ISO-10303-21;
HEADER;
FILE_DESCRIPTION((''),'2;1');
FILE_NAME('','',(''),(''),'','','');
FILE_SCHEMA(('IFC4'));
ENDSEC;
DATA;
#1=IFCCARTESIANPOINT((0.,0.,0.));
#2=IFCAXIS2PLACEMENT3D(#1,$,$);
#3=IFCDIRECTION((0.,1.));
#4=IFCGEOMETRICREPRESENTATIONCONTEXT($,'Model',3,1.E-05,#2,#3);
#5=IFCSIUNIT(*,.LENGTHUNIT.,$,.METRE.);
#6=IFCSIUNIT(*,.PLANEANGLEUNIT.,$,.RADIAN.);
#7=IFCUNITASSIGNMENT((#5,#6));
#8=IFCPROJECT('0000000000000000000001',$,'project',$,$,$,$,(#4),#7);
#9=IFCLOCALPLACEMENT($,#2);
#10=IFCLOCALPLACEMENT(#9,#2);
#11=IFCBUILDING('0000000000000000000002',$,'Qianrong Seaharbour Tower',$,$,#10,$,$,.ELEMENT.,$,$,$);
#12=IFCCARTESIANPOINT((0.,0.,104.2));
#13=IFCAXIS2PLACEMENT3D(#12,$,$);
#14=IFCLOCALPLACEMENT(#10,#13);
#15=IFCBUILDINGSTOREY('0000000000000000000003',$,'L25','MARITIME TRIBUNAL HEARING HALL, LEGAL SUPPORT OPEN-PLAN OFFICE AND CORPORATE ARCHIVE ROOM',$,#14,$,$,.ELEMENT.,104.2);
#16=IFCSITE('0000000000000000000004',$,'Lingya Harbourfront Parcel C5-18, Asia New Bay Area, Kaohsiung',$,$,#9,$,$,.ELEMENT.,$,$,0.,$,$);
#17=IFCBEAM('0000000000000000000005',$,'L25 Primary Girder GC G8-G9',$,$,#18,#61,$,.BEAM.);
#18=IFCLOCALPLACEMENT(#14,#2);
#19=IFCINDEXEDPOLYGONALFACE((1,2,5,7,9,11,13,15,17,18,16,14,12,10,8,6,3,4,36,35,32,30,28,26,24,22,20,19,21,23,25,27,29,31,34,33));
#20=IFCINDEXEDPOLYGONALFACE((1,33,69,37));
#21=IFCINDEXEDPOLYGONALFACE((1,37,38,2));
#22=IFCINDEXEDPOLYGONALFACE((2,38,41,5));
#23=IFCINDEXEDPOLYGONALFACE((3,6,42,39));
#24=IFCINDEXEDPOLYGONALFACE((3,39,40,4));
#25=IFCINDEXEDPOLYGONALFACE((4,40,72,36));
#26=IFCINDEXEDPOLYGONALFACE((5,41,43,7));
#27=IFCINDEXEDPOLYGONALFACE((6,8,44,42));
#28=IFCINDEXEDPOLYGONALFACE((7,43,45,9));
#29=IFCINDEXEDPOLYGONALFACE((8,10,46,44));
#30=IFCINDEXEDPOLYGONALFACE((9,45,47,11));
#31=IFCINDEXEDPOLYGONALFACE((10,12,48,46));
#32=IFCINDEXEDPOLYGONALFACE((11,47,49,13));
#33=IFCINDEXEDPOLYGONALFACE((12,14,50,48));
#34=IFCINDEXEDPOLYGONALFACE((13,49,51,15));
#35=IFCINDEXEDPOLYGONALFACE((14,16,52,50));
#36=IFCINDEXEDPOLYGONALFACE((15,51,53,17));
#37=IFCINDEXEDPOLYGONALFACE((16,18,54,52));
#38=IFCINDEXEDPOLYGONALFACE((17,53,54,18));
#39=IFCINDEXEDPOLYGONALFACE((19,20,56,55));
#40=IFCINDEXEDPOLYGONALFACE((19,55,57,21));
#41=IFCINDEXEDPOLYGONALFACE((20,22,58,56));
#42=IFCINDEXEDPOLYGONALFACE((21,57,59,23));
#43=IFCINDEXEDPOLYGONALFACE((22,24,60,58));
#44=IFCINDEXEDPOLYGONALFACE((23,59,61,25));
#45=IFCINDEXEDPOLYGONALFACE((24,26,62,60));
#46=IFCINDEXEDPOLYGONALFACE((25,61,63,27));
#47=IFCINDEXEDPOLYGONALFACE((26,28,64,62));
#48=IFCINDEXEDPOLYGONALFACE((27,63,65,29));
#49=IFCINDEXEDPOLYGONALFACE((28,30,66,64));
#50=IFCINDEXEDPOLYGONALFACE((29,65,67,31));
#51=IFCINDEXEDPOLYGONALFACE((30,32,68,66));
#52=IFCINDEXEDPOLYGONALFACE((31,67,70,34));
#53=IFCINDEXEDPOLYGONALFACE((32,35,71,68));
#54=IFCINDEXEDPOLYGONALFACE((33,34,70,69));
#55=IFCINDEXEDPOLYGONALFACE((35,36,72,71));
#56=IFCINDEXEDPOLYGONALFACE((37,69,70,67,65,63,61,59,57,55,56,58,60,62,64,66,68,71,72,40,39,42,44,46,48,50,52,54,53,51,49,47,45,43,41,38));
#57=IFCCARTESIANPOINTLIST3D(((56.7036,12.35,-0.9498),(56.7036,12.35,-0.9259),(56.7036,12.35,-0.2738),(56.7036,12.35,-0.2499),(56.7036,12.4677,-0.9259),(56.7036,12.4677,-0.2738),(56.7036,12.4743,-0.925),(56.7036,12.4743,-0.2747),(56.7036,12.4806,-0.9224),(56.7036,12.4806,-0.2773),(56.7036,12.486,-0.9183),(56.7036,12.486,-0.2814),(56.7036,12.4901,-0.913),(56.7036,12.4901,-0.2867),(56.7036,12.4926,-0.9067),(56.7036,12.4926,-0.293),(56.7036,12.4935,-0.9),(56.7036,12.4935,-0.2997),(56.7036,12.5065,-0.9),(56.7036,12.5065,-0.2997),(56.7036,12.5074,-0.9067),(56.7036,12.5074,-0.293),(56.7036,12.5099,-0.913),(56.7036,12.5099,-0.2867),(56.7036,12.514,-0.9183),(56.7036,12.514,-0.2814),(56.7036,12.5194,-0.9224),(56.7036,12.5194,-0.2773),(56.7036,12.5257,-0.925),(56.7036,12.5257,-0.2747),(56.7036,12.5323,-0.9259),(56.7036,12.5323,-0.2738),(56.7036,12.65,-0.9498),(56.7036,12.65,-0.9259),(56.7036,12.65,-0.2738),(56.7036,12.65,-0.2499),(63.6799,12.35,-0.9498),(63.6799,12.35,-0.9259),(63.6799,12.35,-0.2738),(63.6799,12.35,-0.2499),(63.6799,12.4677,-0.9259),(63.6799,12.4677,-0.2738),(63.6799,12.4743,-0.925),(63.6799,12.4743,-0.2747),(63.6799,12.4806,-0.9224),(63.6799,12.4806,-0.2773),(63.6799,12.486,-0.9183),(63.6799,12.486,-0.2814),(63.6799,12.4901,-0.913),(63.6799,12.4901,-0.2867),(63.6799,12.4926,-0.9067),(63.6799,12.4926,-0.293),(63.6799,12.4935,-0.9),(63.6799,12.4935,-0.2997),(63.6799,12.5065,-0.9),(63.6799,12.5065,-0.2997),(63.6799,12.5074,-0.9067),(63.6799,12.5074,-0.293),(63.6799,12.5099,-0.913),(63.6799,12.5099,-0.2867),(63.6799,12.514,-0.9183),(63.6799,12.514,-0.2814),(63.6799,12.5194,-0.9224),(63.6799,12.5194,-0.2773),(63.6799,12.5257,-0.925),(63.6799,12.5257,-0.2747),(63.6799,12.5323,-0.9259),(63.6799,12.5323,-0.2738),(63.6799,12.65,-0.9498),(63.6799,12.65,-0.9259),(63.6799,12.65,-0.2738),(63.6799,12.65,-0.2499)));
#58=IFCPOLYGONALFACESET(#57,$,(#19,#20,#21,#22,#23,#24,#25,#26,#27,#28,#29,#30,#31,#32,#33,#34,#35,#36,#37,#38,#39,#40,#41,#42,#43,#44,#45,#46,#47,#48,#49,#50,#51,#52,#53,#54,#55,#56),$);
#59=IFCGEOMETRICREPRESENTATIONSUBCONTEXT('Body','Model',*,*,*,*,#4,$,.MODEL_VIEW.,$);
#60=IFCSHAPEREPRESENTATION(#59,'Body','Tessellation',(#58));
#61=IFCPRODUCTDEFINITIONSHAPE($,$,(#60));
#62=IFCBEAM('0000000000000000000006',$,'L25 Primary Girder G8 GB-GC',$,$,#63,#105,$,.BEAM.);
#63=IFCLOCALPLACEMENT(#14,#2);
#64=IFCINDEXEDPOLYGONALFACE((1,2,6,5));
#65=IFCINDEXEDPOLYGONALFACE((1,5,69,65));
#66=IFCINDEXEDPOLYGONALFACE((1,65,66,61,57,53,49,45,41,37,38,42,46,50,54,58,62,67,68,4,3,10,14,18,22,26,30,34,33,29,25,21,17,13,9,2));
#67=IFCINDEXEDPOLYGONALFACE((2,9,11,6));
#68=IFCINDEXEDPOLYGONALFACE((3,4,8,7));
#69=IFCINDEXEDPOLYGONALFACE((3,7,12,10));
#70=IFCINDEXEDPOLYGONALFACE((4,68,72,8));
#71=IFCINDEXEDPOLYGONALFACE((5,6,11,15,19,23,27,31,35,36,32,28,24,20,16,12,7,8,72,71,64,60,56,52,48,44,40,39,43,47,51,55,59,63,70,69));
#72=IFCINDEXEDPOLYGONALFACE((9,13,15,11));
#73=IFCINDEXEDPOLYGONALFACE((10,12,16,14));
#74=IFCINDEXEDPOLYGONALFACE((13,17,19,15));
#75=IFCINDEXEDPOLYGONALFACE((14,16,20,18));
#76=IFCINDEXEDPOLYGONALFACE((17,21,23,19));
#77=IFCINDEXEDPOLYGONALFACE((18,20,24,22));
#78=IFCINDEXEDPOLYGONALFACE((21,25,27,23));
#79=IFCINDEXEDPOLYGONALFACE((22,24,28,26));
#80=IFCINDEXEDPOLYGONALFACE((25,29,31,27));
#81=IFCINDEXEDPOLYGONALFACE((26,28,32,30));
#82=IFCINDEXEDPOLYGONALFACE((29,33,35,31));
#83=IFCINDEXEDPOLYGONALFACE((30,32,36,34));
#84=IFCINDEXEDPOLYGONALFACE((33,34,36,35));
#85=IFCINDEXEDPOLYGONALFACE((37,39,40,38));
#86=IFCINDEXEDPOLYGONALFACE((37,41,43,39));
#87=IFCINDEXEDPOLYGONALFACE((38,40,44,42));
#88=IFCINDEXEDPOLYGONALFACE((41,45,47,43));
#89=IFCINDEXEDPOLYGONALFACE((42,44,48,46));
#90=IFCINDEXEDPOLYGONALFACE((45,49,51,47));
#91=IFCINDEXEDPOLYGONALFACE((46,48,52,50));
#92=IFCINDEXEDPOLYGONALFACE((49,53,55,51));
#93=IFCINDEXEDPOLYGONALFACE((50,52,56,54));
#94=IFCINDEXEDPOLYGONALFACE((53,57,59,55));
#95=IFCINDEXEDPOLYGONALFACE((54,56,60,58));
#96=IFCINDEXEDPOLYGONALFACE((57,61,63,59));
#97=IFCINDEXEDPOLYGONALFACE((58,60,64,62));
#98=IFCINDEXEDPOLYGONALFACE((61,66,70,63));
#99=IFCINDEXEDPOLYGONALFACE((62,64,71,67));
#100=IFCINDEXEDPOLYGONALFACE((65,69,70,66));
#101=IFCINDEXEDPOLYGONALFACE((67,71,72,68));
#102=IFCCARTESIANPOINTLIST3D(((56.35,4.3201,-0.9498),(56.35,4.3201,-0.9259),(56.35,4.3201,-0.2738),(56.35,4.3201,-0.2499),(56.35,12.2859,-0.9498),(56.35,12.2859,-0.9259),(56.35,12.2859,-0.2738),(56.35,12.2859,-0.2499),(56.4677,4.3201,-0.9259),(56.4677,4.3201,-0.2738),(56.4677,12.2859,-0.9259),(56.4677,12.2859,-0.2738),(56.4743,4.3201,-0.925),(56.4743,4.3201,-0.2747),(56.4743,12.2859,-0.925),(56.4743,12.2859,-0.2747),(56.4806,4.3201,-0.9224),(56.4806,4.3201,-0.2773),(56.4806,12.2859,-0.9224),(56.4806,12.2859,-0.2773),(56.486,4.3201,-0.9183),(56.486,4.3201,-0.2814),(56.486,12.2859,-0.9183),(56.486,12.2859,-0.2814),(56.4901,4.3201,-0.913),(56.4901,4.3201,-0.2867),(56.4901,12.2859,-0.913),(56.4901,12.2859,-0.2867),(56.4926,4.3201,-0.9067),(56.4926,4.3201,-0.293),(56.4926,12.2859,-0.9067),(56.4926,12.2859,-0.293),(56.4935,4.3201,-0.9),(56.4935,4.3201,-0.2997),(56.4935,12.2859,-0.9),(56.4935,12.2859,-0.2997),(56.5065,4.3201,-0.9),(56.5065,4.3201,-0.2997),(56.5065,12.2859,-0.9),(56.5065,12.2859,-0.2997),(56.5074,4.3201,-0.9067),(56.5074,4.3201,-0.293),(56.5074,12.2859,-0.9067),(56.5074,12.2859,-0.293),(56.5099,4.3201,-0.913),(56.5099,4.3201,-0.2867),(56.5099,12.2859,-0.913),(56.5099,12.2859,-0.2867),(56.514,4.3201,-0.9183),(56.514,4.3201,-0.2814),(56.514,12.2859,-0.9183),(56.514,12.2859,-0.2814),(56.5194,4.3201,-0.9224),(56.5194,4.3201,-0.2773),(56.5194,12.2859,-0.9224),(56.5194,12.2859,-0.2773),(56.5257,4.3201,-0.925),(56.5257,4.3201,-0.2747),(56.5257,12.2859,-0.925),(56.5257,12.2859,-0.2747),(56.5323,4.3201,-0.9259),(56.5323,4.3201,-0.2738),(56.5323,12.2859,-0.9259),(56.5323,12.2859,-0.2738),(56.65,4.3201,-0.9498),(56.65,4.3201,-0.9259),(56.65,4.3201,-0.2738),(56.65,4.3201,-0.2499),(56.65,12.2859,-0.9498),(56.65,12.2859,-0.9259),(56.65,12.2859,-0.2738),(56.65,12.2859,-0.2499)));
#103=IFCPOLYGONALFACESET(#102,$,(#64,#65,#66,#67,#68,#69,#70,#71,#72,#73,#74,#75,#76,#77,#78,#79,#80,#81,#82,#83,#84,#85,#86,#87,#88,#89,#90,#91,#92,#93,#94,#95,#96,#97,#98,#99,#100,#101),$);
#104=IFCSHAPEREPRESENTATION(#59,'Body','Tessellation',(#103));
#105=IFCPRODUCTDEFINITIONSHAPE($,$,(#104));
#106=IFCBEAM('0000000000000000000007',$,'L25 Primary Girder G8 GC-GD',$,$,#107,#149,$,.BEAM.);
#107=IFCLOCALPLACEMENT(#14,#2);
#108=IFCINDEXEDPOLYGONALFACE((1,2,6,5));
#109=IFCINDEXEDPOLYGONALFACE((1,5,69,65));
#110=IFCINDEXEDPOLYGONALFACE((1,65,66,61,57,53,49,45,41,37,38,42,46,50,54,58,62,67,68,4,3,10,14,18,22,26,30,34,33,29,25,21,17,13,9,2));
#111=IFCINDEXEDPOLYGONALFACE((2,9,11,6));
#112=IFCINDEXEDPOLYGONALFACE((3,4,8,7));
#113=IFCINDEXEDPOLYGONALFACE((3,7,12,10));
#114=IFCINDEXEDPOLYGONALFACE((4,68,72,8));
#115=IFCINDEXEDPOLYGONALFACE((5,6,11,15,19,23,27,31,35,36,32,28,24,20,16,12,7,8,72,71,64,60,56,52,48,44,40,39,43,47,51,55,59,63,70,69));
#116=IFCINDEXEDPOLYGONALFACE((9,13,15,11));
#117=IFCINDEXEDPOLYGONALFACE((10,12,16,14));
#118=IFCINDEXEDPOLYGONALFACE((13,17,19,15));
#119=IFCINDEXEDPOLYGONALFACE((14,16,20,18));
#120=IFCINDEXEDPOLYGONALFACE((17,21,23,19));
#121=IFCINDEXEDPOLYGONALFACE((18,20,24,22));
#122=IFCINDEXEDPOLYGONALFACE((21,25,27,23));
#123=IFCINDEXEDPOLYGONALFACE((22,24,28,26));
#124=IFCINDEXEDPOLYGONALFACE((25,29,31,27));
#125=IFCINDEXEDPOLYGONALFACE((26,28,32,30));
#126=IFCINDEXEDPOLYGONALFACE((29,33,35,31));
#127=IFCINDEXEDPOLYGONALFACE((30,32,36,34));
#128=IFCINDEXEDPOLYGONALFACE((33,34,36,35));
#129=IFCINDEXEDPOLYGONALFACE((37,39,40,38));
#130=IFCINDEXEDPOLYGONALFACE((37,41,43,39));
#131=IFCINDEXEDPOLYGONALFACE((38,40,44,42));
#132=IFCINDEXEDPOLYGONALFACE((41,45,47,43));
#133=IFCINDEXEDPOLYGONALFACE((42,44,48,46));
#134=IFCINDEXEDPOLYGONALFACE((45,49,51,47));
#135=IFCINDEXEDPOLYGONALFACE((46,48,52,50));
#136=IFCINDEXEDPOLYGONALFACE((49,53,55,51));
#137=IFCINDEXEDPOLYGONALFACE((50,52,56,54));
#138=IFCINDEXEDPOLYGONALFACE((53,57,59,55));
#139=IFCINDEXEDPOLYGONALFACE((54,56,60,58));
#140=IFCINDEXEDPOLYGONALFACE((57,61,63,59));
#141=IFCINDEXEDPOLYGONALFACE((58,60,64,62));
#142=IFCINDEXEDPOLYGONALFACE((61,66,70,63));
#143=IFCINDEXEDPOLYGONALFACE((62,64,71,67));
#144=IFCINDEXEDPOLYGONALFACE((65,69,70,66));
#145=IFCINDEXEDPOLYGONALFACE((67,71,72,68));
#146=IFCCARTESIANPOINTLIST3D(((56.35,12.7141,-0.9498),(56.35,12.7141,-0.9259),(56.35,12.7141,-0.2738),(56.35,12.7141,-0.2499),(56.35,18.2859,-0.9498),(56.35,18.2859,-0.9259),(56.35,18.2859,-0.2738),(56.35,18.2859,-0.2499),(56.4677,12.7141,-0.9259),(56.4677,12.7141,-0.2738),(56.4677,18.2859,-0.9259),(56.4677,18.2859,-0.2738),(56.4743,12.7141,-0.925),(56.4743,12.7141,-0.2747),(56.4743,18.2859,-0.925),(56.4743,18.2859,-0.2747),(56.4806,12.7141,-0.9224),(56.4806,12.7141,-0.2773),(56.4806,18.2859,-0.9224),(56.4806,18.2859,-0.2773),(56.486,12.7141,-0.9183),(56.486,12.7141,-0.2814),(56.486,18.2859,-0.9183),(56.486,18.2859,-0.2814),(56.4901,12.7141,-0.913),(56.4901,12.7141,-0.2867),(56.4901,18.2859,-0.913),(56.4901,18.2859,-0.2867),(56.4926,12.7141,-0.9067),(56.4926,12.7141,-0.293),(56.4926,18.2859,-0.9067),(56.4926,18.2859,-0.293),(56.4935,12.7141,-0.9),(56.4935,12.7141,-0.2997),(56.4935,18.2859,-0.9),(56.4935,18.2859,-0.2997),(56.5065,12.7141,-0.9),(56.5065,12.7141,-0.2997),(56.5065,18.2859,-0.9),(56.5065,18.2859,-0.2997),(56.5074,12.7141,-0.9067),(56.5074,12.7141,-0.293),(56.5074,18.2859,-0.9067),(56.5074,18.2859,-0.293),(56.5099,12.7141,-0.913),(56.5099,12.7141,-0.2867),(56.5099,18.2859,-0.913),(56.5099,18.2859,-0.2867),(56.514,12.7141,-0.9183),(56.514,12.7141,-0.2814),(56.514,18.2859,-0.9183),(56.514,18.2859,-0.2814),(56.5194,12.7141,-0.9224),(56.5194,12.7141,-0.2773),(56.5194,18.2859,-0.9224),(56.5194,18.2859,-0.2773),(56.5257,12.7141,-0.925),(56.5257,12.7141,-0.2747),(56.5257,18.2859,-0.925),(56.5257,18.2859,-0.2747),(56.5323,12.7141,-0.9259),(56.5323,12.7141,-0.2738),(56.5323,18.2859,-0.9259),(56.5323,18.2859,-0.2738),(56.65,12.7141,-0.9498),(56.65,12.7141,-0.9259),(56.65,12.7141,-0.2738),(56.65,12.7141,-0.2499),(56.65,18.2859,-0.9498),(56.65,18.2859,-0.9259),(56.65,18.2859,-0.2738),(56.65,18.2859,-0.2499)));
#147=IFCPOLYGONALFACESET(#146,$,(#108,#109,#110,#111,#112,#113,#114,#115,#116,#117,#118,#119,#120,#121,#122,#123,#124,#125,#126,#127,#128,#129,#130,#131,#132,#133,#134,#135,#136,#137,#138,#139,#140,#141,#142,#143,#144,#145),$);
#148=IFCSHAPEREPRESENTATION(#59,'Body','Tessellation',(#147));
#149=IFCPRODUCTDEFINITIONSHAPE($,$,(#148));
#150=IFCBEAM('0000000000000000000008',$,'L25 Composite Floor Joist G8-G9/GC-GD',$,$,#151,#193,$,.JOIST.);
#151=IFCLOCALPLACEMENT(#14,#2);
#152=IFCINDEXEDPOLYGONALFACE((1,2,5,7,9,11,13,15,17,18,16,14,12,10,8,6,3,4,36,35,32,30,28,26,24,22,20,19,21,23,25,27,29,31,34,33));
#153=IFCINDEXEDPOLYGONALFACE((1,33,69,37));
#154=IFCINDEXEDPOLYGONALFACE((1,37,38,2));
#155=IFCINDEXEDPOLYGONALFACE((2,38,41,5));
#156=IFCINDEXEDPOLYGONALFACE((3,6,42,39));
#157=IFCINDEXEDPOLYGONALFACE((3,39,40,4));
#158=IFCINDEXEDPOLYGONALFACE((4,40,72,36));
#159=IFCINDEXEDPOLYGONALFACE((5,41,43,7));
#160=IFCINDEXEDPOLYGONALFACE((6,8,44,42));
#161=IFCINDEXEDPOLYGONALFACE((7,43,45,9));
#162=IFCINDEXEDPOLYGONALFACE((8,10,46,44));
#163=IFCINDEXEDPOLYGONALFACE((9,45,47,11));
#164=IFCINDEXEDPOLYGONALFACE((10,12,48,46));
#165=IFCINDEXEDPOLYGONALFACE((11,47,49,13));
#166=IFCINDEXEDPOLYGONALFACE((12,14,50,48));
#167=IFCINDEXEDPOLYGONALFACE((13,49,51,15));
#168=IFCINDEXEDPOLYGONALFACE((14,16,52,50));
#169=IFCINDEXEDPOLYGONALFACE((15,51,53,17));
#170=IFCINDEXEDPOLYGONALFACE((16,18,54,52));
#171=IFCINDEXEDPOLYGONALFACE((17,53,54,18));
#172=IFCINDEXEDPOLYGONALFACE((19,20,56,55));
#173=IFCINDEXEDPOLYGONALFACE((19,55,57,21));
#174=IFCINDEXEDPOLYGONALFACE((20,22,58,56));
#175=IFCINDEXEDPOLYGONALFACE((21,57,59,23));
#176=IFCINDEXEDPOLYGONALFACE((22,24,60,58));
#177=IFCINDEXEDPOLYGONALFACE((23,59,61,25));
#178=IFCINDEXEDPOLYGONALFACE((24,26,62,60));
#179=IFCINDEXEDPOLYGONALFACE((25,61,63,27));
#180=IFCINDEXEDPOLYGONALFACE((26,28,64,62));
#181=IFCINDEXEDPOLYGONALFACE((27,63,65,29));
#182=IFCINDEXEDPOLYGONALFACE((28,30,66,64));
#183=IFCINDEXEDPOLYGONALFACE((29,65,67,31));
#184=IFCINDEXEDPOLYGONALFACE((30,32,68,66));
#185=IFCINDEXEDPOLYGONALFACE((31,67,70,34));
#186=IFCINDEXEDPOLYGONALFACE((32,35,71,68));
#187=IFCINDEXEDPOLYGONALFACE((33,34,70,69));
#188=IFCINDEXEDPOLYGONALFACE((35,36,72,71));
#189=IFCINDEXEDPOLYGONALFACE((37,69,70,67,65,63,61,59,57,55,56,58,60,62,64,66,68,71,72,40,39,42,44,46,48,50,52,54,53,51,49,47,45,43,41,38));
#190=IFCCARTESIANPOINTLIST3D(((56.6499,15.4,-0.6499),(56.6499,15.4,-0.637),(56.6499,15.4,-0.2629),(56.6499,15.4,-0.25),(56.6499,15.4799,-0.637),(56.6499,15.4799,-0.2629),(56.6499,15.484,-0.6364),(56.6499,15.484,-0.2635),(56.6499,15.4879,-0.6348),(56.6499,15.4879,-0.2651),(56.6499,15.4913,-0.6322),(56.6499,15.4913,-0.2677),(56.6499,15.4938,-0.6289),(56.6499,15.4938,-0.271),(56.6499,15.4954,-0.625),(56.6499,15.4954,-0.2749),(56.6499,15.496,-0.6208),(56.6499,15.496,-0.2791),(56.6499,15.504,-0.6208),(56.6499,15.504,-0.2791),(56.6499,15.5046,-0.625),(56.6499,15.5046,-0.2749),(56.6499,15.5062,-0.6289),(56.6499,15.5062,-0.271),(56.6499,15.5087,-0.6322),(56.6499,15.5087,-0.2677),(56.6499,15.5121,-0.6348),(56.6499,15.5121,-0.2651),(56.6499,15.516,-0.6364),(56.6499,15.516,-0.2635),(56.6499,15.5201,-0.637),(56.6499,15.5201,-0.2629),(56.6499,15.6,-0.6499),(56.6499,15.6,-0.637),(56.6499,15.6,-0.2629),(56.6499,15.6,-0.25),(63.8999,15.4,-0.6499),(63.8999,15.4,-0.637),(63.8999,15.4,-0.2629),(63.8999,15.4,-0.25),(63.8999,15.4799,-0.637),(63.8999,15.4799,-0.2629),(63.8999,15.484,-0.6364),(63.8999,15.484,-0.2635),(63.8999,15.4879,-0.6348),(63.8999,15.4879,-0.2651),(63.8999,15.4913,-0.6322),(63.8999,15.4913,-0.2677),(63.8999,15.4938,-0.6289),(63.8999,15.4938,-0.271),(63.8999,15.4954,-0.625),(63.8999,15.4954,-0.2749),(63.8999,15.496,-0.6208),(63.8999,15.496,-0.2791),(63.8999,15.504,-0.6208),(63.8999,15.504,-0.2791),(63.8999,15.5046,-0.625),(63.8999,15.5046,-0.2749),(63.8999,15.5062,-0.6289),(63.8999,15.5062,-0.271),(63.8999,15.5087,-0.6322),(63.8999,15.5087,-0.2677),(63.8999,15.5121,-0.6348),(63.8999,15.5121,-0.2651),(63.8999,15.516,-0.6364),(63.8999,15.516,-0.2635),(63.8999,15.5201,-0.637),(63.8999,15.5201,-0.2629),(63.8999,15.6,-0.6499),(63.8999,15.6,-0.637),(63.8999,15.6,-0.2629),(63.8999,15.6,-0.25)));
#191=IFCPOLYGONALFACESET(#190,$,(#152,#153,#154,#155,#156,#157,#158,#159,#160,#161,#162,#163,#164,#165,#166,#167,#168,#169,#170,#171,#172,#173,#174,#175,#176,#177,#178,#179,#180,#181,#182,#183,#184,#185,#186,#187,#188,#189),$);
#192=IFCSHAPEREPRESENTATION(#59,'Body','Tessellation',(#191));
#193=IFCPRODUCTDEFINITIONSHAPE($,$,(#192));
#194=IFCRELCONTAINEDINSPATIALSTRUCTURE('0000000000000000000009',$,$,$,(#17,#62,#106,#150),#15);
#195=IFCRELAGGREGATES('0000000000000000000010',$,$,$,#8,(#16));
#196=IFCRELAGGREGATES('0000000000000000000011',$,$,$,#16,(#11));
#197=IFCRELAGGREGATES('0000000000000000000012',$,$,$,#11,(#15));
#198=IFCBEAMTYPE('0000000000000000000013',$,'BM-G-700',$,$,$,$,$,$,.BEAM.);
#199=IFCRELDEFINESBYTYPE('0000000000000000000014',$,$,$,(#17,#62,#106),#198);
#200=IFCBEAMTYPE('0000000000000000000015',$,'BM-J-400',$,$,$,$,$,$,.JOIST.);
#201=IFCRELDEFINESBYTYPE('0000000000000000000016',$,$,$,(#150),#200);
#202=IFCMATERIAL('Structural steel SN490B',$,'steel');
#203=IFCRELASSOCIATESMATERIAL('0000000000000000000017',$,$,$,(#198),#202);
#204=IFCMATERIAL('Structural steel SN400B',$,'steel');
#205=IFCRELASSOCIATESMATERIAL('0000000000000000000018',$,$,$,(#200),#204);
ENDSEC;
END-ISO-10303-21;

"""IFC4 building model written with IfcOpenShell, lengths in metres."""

from ifc_helpers import new_model, si_unit, direction, frame, origin, origin_2d, place, context, subcontext, project, spatial, i_section, extrude, material, material_profile, profile_set, type_object, element, save


model = new_model("IFC4")

# Units and contexts
model_context = context("Model", 3, precision=1e-05, world=origin(), true_north=direction((0.0, 1.0)))
body_context = subcontext(model_context, "Body", "Model", "MODEL_VIEW")
ifc_project = project(units=[si_unit("LENGTHUNIT", "METRE"), si_unit("PLANEANGLEUNIT", "RADIAN")], contexts=[model_context])

# Site, building, storey
site_placement = place(None, origin())
site = spatial("IfcSite", under=ifc_project, at=site_placement, Name="Lingya Harbourfront Parcel C5-18, Asia New Bay Area, Kaohsiung", CompositionType="ELEMENT", RefElevation=0.0)
building_placement = place(site_placement, origin())
building = spatial("IfcBuilding", under=site, at=building_placement, Name="Qianrong Seaharbour Tower", CompositionType="ELEMENT")
storey_placement = place(building_placement, frame((0.0, 0.0, 104.2)))
storey = spatial("IfcBuildingStorey", under=building, at=storey_placement, Name="L25", Description="MARITIME TRIBUNAL HEARING HALL, LEGAL SUPPORT OPEN-PLAN OFFICE AND CORPORATE ARCHIVE ROOM", CompositionType="ELEMENT", Elevation=104.2)

# Shared definitions
ifc_material_1 = material(Name="Structural steel SN490B", Category="steel")

# Beams
ifc_material_profile_1 = material_profile(ifc_material_1, i_section(OverallWidth=0.3, OverallDepth=0.7, WebThickness=0.0129, FlangeThickness=0.0239, FilletRadius=0.0259, at=origin_2d()), Name="H700x300x13x24")
ifc_profile_set_1 = profile_set([ifc_material_profile_1], Name="Structural steel SN490B")
beam_type_1 = type_object("IfcBeamType", Name="BM-G-700", PredefinedType="BEAM", material=ifc_profile_set_1)
beam_1_placement = place(storey_placement, frame((56.7036, 12.5, -0.5999), z_axis=(1.0, 0.0, 0.0), x_axis=(0.0, 1.0, 0.0)))
element("IfcBeam", 1, at=beam_1_placement, inside=storey, type_object=beam_type_1, Name="L25 Primary Girder GC G8-G9", PredefinedType="BEAM", context=body_context, shape_type="SweptSolid", body=[
    extrude(i_section(OverallWidth=0.3, OverallDepth=0.7, WebThickness=0.0129, FlangeThickness=0.0239, FilletRadius=0.0259, at=origin_2d()), origin(), (0.0, 0.0, 1.0), 6.9763),
])
beam_2_placement = place(storey_placement, frame((56.5, 4.3201, -0.5999), z_axis=(0.0, 1.0, 0.0), x_axis=(-1.0, 0.0, 0.0)))
element("IfcBeam", 2, at=beam_2_placement, inside=storey, type_object=beam_type_1, Name="L25 Primary Girder G8 GB-GC", PredefinedType="BEAM", context=body_context, shape_type="SweptSolid", body=[
    extrude(i_section(OverallWidth=0.3, OverallDepth=0.7, WebThickness=0.0129, FlangeThickness=0.0239, FilletRadius=0.0259, at=origin_2d()), origin(), (0.0, 0.0, 1.0), 7.9658),
])
beam_3_placement = place(storey_placement, frame((56.5, 12.7141, -0.5999), z_axis=(0.0, 1.0, 0.0), x_axis=(-1.0, 0.0, 0.0)))
element("IfcBeam", 3, at=beam_3_placement, inside=storey, type_object=beam_type_1, Name="L25 Primary Girder G8 GC-GD", PredefinedType="BEAM", context=body_context, shape_type="SweptSolid", body=[
    extrude(i_section(OverallWidth=0.3, OverallDepth=0.7, WebThickness=0.0129, FlangeThickness=0.0239, FilletRadius=0.0259, at=origin_2d()), origin(), (0.0, 0.0, 1.0), 5.5718),
])
ifc_material_2 = material(Name="Structural steel SN400B", Category="steel")
ifc_material_profile_2 = material_profile(ifc_material_2, i_section(OverallWidth=0.2, OverallDepth=0.3999, WebThickness=0.0081, FlangeThickness=0.0129, FilletRadius=0.0161, at=origin_2d()), Name="H400x200x8x13")
ifc_profile_set_2 = profile_set([ifc_material_profile_2], Name="Structural steel SN400B")
beam_type_2 = type_object("IfcBeamType", Name="BM-J-400", PredefinedType="JOIST", material=ifc_profile_set_2)
beam_4_placement = place(storey_placement, frame((56.6499, 15.5, -0.45), z_axis=(1.0, 0.0, 0.0), x_axis=(0.0, 1.0, 0.0)))
element("IfcBeam", 4, at=beam_4_placement, inside=storey, type_object=beam_type_2, Name="L25 Composite Floor Joist G8-G9/GC-GD", PredefinedType="JOIST", context=body_context, shape_type="SweptSolid", body=[
    extrude(i_section(OverallWidth=0.2, OverallDepth=0.3999, WebThickness=0.0081, FlangeThickness=0.0129, FilletRadius=0.0161, at=origin_2d()), origin(), (0.0, 0.0, 1.0), 7.25),
])

save(model, "model.ifc")
